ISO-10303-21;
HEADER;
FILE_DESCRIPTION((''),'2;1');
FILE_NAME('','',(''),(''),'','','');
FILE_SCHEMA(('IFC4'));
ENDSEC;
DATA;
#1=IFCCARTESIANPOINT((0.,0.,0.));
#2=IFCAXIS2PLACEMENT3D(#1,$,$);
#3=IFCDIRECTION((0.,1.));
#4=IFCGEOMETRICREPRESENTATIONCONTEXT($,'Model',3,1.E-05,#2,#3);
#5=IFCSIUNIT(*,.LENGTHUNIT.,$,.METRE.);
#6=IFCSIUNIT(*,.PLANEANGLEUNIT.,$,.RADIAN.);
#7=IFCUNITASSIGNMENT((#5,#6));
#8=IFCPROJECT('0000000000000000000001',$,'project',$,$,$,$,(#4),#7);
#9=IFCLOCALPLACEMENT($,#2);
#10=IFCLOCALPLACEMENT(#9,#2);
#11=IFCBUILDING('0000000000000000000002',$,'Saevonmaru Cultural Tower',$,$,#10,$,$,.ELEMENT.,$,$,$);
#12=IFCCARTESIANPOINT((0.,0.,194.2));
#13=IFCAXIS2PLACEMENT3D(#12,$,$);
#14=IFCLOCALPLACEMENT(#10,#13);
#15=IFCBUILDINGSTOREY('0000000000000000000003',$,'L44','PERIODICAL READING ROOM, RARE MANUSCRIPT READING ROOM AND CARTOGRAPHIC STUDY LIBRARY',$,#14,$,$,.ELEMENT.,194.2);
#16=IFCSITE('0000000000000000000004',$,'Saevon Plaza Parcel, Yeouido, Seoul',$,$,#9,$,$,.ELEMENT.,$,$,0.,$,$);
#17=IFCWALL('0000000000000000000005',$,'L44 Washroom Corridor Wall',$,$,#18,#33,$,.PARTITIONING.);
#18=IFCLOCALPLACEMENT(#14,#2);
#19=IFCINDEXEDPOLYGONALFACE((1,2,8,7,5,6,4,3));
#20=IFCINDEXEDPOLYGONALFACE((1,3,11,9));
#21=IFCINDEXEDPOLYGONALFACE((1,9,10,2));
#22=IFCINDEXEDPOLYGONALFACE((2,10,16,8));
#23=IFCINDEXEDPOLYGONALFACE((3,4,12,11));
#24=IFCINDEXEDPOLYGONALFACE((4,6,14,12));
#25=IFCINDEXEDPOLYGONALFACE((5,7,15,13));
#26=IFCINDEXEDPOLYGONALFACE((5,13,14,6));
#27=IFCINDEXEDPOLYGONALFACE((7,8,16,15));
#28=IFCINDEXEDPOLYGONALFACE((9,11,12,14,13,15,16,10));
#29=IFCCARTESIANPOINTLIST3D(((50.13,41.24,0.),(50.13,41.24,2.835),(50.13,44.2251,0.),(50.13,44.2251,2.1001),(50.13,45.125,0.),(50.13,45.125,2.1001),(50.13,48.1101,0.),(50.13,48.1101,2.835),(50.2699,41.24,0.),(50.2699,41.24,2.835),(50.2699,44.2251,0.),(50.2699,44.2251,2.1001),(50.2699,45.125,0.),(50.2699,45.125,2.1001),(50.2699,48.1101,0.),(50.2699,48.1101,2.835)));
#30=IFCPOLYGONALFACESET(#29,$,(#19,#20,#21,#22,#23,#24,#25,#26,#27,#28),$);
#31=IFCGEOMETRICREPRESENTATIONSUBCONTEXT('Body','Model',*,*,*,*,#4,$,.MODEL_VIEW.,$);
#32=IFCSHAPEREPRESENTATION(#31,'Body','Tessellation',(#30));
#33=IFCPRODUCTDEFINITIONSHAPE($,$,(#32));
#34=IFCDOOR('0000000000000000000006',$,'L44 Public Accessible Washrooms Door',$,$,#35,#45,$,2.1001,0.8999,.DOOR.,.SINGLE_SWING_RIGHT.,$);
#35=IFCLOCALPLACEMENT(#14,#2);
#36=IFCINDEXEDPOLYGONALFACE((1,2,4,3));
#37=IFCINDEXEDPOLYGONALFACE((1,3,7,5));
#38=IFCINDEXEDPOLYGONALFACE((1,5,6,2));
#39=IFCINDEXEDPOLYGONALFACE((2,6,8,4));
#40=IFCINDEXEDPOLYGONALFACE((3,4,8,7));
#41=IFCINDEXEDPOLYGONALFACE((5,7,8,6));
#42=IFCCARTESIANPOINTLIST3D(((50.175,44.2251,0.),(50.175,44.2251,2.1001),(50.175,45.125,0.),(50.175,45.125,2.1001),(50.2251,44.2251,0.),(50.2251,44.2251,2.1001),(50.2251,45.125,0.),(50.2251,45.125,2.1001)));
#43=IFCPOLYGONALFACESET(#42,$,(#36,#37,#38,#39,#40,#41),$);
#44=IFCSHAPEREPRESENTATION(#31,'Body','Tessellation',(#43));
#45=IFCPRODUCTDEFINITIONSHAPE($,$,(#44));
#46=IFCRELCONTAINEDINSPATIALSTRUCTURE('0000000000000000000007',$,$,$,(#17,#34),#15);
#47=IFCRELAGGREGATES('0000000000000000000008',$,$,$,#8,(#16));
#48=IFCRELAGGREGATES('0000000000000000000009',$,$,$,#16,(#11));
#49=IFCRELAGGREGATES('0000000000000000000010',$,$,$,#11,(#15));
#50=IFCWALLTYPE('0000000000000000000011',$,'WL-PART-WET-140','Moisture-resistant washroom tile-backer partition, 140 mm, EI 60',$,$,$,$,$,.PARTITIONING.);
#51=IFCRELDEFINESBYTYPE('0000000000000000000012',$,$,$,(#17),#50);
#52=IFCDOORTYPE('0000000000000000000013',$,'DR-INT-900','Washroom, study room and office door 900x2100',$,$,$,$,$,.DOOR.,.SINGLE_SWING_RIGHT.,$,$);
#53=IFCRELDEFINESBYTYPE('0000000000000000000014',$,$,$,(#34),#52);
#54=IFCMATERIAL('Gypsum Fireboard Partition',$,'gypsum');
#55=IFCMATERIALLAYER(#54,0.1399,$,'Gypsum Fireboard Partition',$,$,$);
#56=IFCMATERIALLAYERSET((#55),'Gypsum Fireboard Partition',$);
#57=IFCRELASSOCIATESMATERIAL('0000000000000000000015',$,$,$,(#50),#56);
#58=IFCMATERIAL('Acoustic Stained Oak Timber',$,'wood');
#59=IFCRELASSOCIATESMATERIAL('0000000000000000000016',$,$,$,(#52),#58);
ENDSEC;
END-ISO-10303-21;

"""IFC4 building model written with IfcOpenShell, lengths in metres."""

from ifc_helpers import new_model, si_unit, direction, frame, frame_2d, origin, place, context, subcontext, project, spatial, rectangle, extrude, material, layer, layer_set, type_object, element, fill, save


model = new_model("IFC4")

# Units and contexts
model_context = context("Model", 3, precision=1e-05, world=origin(), true_north=direction((0.0, 1.0)))
body_context = subcontext(model_context, "Body", "Model", "MODEL_VIEW")
ifc_project = project(units=[si_unit("LENGTHUNIT", "METRE"), si_unit("PLANEANGLEUNIT", "RADIAN")], contexts=[model_context])

# Site, building, storey
site_placement = place(None, origin())
site = spatial("IfcSite", under=ifc_project, at=site_placement, Name="Saevon Plaza Parcel, Yeouido, Seoul", CompositionType="ELEMENT", RefElevation=0.0)
building_placement = place(site_placement, origin())
building = spatial("IfcBuilding", under=site, at=building_placement, Name="Saevonmaru Cultural Tower", CompositionType="ELEMENT")
storey_placement = place(building_placement, frame((0.0, 0.0, 194.2)))
storey = spatial("IfcBuildingStorey", under=building, at=storey_placement, Name="L44", Description="PERIODICAL READING ROOM, RARE MANUSCRIPT READING ROOM AND CARTOGRAPHIC STUDY LIBRARY", CompositionType="ELEMENT", Elevation=194.2)

# Shared definitions
ifc_material_1 = material(Name="Gypsum Fireboard Partition", Category="gypsum")

# Shared definitions
ifc_layer_1 = layer(ifc_material_1, 0.1399, Name="Gypsum Fireboard Partition")
ifc_layer_set_1 = layer_set([ifc_layer_1], Name="Gypsum Fireboard Partition")
wall_type_1 = type_object("IfcWallType", Name="WL-PART-WET-140", Description="Moisture-resistant washroom tile-backer partition, 140 mm, EI 60", PredefinedType="PARTITIONING", material=ifc_layer_set_1)

# Wall, opening, door
wall_1_placement = place(storey_placement, frame((50.2, 41.24, 0.0), z_axis=(0.0, 0.0, 1.0), x_axis=(0.0, 1.0, 0.0)))
wall_1 = element("IfcWall", 1, at=wall_1_placement, inside=storey, type_object=wall_type_1, Name="L44 Washroom Corridor Wall", PredefinedType="PARTITIONING", context=body_context, shape_type="SweptSolid", body=[
    extrude(rectangle(XDim=6.8701, YDim=0.1399, at=frame_2d((3.4351, 0.0))), origin(), (0.0, 0.0, 1.0), 2.835),
])
opening_1_placement = place(wall_1_placement, frame((2.9851, 0.0, 0.0)))
opening_1 = element("IfcOpeningElement", 2, at=opening_1_placement, cuts=wall_1, PredefinedType="OPENING", context=body_context, shape_type="SweptSolid", body=[
    extrude(rectangle(XDim=0.8999, YDim=2.1001, at=frame_2d((0.45, 1.05))), frame((0.0, 0.0801, 0.0), z_axis=(0.0, -1.0, 0.0), x_axis=(1.0, 0.0, 0.0)), (0.0, 0.0, 1.0), 0.1599),
])
ifc_material_2 = material(Name="Acoustic Stained Oak Timber", Category="wood")
door_type_1 = type_object("IfcDoorType", Name="DR-INT-900", Description="Washroom, study room and office door 900x2100", OperationType="SINGLE_SWING_RIGHT", PredefinedType="DOOR", material=ifc_material_2)
door_1_placement = place(opening_1_placement, origin())
door_1 = element("IfcDoor", 3, at=door_1_placement, inside=storey, type_object=door_type_1, Name="L44 Public Accessible Washrooms Door", OperationType="SINGLE_SWING_RIGHT", OverallHeight=2.1001, OverallWidth=0.8999, PredefinedType="DOOR", context=body_context, shape_type="SweptSolid", body=[
    extrude(rectangle(XDim=0.8999, YDim=2.1001, at=frame_2d((0.45, 1.05))), frame((0.0, 0.0249, 0.0), z_axis=(0.0, -1.0, 0.0), x_axis=(1.0, 0.0, 0.0)), (0.0, 0.0, 1.0), 0.05),
])
fill(opening_1, door_1)

save(model, "model.ifc")
